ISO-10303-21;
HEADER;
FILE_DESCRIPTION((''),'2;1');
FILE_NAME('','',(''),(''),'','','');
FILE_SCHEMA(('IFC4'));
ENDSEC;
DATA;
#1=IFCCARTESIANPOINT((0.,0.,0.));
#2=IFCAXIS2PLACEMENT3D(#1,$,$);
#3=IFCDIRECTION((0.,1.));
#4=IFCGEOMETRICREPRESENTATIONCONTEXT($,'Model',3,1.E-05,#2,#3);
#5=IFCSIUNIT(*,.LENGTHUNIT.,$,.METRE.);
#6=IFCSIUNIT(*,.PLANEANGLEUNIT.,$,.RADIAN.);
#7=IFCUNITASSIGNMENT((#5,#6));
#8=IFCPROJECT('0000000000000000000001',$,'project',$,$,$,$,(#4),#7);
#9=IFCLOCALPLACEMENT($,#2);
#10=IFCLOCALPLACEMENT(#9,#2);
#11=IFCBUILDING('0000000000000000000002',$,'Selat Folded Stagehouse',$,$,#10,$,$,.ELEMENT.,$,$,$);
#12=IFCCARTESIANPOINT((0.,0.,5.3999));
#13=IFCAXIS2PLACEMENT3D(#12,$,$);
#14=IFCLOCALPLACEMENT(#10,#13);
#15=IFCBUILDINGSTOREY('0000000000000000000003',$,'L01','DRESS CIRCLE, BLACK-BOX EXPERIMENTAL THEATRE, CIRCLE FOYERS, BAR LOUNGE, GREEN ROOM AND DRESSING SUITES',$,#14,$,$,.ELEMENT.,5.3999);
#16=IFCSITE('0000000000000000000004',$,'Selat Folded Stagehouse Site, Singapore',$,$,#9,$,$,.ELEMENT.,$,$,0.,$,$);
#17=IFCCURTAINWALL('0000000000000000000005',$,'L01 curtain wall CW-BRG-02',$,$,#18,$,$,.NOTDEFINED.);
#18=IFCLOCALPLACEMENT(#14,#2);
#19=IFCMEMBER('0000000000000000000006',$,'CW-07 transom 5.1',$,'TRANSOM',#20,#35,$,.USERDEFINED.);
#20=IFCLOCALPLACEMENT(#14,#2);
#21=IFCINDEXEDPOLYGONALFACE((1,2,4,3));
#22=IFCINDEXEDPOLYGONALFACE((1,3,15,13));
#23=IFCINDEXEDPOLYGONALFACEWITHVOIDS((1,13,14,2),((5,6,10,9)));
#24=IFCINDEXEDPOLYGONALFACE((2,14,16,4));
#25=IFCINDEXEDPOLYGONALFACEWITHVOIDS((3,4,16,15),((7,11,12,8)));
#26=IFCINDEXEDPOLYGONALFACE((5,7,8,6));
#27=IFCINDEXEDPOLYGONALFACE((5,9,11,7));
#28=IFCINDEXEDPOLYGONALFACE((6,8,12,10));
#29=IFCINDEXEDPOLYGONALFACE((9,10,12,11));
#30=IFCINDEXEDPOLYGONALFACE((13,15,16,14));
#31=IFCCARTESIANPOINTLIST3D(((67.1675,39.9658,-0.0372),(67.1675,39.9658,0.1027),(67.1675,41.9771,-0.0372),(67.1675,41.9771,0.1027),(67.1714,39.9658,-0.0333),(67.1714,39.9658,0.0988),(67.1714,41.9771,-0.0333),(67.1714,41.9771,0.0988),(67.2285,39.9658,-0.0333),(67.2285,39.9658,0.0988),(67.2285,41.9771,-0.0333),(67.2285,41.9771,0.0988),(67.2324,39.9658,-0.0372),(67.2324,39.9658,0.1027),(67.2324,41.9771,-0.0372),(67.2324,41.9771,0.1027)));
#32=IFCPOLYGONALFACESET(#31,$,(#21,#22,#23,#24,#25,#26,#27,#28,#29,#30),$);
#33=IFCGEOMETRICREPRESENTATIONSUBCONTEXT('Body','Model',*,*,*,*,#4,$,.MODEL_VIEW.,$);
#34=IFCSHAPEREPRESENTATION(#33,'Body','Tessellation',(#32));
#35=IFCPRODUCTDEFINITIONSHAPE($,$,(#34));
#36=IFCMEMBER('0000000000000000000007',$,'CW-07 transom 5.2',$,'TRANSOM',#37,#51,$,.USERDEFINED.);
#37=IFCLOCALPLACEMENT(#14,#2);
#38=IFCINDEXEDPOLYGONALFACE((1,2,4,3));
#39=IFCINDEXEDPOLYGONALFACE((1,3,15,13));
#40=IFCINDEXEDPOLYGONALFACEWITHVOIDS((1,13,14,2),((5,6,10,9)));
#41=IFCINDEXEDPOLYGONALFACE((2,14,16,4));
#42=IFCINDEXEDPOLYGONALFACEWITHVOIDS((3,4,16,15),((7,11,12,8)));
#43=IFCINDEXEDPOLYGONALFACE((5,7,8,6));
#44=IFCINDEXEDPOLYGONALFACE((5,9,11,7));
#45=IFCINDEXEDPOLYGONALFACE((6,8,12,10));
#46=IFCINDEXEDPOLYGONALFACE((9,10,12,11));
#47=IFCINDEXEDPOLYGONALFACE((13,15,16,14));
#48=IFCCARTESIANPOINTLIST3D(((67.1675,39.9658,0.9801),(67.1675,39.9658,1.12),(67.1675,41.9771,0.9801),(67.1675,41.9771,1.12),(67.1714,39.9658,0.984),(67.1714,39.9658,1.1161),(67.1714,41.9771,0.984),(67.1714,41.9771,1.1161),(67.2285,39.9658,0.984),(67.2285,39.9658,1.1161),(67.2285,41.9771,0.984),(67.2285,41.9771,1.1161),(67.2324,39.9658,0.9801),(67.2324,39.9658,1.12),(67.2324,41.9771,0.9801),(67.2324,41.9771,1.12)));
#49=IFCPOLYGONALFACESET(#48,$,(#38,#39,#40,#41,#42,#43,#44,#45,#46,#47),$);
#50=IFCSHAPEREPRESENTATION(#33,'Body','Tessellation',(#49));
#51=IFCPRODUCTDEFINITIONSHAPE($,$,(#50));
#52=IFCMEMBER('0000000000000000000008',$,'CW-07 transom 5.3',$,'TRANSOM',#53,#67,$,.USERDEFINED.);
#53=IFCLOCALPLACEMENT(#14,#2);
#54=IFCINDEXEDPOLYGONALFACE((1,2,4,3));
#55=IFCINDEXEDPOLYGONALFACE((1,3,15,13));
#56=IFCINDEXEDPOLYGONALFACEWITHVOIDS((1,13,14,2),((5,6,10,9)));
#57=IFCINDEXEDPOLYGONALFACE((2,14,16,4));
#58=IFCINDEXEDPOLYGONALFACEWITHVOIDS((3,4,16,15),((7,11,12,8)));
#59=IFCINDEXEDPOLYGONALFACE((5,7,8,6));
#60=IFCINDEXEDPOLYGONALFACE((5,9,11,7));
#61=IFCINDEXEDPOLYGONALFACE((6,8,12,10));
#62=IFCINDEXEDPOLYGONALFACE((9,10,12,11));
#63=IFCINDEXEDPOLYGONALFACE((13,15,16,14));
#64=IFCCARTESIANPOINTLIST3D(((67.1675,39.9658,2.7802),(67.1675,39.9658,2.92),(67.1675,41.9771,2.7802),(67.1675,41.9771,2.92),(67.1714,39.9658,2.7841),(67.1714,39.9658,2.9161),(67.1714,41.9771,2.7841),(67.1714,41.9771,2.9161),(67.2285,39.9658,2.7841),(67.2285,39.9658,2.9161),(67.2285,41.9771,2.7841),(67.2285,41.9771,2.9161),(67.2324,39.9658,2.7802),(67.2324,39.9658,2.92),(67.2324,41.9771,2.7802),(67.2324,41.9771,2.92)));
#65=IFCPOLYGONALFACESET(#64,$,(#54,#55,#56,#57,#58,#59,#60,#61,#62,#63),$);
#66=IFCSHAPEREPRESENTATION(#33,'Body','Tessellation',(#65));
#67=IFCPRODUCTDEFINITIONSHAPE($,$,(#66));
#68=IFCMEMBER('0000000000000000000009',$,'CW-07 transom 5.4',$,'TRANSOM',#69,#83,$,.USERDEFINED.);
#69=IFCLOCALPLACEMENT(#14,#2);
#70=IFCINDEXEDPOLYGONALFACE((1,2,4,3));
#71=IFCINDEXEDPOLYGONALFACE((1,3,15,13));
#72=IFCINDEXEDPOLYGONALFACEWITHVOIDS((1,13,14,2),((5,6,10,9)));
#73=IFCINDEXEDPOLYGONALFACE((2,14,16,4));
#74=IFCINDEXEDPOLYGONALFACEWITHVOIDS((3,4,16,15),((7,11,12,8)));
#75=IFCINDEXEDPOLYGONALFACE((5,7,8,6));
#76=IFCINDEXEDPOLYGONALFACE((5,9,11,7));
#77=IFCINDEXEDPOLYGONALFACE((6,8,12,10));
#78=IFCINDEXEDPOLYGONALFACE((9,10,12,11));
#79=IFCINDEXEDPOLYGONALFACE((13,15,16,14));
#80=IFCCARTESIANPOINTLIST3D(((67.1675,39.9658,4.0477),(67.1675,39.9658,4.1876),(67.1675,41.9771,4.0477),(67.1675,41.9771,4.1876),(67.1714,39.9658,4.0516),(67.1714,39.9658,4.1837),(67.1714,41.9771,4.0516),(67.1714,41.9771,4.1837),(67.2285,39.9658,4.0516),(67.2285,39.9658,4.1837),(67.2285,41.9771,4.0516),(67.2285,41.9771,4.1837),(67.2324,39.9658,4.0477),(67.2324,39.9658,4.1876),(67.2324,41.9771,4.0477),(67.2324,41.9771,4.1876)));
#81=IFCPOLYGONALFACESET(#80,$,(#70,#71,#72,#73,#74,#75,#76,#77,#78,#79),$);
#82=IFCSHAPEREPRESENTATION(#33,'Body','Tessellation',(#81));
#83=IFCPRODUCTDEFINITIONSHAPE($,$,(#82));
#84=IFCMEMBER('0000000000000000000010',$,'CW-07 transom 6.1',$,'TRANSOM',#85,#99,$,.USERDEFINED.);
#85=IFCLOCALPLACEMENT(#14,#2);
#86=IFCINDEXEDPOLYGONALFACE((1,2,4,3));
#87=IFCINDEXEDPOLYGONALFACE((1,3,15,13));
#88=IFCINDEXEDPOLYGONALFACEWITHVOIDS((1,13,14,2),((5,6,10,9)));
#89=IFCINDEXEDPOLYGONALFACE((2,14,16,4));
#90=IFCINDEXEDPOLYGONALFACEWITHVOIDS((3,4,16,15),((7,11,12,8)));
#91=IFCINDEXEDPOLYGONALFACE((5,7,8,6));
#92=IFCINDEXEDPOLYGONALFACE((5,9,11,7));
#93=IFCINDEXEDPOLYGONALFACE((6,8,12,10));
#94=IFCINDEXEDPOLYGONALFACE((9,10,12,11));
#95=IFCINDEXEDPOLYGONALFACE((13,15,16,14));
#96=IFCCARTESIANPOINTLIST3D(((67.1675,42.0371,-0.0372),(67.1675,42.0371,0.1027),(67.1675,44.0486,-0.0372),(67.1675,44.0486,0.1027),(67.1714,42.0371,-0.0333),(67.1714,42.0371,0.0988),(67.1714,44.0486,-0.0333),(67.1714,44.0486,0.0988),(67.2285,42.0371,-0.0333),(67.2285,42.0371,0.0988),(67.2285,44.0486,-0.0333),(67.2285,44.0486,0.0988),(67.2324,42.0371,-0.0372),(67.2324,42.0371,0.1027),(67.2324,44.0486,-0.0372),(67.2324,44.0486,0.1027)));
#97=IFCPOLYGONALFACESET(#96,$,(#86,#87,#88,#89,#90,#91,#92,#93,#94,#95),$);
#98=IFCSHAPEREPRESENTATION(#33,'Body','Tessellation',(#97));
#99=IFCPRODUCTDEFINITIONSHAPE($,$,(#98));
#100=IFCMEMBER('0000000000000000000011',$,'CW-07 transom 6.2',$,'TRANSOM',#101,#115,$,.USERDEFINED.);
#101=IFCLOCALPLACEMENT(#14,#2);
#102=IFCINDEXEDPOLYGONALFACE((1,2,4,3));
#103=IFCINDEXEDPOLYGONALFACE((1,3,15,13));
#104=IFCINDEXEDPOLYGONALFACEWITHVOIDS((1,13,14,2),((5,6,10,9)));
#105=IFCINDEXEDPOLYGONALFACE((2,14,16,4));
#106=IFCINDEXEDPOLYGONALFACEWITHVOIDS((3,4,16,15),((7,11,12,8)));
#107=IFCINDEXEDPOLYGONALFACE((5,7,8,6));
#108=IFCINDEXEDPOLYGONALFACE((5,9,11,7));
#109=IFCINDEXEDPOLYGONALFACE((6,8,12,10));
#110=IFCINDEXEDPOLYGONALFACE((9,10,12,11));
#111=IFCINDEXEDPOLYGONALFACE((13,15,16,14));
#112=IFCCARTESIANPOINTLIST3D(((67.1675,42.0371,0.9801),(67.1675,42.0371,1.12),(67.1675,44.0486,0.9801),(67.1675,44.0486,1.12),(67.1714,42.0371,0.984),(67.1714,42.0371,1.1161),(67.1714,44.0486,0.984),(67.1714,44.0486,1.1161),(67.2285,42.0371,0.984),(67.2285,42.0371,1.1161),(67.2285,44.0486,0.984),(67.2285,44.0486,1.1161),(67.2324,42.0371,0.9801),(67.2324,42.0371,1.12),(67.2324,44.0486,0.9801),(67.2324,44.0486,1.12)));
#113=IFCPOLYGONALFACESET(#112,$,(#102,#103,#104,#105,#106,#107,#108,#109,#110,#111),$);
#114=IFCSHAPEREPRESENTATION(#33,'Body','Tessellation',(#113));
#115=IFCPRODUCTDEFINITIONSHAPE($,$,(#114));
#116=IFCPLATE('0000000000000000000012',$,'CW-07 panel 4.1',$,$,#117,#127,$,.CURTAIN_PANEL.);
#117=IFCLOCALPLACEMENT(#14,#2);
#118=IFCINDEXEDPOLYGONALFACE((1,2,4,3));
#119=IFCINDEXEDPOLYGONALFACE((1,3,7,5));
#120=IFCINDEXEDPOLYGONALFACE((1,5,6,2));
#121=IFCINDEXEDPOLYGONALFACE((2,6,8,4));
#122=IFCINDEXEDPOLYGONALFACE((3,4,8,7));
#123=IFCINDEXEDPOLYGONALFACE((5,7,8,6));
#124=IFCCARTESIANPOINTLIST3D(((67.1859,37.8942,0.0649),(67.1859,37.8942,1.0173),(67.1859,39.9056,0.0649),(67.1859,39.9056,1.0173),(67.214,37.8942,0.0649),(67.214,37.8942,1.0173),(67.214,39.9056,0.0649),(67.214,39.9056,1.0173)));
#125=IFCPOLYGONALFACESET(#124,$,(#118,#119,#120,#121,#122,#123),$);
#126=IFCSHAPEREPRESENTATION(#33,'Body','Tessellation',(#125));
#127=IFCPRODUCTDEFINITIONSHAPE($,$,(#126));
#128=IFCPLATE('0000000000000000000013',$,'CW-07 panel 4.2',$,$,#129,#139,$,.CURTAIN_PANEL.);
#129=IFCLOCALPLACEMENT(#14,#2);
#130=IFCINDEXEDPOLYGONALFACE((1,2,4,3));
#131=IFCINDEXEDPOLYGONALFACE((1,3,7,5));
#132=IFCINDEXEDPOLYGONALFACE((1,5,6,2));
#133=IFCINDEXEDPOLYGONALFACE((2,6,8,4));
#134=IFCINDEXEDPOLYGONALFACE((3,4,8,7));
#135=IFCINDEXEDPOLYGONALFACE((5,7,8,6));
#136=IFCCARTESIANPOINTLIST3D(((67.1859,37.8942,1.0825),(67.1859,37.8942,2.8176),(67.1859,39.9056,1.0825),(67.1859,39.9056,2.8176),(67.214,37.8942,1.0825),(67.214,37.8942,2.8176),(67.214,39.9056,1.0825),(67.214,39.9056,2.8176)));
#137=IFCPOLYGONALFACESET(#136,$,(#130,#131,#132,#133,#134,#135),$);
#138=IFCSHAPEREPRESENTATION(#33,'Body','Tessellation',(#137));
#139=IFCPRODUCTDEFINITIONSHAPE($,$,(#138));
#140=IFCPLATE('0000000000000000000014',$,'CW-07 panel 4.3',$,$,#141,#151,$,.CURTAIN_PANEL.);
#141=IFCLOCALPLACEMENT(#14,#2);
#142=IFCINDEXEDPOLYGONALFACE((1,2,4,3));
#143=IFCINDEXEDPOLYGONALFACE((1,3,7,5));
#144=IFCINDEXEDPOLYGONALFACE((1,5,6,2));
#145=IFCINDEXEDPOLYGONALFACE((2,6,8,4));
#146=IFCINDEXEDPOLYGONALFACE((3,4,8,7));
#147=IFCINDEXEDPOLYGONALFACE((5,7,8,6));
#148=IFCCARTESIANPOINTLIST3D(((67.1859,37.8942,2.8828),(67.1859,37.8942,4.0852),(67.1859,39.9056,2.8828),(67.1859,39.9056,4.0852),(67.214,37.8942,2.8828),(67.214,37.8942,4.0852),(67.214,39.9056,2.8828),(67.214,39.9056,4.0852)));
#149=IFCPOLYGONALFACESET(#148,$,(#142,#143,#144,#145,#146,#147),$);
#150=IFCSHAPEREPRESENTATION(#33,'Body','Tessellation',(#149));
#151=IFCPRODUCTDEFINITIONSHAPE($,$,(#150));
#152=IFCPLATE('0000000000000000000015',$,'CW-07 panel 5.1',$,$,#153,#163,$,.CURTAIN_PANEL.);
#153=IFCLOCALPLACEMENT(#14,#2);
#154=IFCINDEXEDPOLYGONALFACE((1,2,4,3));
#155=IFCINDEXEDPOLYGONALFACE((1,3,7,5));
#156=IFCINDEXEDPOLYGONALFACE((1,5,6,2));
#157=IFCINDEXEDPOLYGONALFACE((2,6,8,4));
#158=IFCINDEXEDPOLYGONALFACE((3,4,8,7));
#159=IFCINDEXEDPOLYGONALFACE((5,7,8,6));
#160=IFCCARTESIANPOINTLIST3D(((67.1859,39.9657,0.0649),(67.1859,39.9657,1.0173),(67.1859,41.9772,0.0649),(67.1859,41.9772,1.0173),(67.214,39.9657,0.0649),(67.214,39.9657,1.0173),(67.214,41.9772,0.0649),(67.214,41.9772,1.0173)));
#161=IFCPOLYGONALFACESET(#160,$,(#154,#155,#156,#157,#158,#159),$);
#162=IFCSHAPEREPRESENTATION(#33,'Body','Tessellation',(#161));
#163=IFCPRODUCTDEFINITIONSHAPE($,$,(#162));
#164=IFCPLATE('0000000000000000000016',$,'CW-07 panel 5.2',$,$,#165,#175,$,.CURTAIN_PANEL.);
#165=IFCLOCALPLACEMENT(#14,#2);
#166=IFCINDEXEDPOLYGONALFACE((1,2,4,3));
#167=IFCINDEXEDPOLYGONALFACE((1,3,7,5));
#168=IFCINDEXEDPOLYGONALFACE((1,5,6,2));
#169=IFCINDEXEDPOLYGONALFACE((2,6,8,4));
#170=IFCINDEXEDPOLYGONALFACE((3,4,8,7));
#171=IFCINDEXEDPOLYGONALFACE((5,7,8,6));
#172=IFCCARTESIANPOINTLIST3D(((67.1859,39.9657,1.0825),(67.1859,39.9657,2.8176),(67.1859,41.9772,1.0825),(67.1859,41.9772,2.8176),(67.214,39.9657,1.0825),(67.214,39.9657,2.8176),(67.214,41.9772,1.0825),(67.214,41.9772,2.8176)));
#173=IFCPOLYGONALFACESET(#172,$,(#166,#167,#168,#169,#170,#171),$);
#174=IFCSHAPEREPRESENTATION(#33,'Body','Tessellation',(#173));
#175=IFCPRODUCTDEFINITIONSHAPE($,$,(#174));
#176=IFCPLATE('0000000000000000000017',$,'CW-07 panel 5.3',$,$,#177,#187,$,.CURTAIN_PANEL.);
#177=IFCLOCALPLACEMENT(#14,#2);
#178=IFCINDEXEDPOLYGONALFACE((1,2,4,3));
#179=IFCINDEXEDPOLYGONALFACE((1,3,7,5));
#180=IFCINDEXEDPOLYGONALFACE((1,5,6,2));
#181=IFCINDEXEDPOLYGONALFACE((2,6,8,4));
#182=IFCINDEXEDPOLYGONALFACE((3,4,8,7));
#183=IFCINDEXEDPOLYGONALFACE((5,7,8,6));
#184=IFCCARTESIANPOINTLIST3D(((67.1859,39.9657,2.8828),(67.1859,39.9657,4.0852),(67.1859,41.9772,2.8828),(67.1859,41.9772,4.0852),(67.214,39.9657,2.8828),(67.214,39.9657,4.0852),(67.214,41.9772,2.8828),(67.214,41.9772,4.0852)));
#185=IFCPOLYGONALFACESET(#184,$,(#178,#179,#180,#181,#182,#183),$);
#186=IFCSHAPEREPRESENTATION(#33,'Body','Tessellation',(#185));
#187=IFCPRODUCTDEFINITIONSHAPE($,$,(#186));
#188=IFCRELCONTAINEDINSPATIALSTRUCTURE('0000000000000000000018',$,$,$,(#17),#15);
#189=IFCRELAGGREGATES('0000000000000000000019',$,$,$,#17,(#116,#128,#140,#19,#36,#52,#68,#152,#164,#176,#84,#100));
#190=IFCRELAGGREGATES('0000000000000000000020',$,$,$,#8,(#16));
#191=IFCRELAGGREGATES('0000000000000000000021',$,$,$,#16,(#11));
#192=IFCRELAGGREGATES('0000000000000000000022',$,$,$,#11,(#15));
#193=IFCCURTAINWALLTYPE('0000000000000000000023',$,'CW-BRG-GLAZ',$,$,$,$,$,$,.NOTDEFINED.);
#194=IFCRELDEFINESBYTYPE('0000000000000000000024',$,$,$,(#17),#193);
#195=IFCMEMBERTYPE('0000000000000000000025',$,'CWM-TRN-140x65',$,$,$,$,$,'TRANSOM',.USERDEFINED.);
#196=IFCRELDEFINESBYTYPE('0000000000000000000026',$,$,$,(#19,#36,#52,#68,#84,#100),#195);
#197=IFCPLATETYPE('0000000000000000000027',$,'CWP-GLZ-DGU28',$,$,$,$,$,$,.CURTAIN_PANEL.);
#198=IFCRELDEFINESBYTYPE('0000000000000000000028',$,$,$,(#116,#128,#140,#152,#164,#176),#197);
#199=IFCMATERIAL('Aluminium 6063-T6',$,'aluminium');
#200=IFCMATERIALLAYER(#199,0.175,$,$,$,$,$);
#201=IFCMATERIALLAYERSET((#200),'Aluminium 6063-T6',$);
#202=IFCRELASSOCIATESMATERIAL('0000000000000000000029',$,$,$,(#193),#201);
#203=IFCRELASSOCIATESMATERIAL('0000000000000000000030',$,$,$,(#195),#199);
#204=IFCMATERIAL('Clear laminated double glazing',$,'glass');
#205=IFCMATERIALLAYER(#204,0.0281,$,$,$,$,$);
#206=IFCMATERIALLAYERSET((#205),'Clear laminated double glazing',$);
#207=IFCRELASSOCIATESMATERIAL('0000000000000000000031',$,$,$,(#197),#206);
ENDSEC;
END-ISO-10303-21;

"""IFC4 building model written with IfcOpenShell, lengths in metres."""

from ifc_helpers import new_model, si_unit, direction, frame, origin, origin_2d, place, context, subcontext, project, spatial, rectangle, hollow_rectangle, extrude, material, layer, layer_set, material_profile, profile_set, type_object, element, aggregate, save


model = new_model("IFC4")

# Units and contexts
model_context = context("Model", 3, precision=1e-05, world=origin(), true_north=direction((0.0, 1.0)))
body_context = subcontext(model_context, "Body", "Model", "MODEL_VIEW")
ifc_project = project(units=[si_unit("LENGTHUNIT", "METRE"), si_unit("PLANEANGLEUNIT", "RADIAN")], contexts=[model_context])

# Site, building, storey
site_placement = place(None, origin())
site = spatial("IfcSite", under=ifc_project, at=site_placement, Name="Selat Folded Stagehouse Site, Singapore", CompositionType="ELEMENT", RefElevation=0.0)
building_placement = place(site_placement, origin())
building = spatial("IfcBuilding", under=site, at=building_placement, Name="Selat Folded Stagehouse", CompositionType="ELEMENT")
storey_placement = place(building_placement, frame((0.0, 0.0, 5.3999)))
storey = spatial("IfcBuildingStorey", under=building, at=storey_placement, Name="L01", Description="DRESS CIRCLE, BLACK-BOX EXPERIMENTAL THEATRE, CIRCLE FOYERS, BAR LOUNGE, GREEN ROOM AND DRESSING SUITES", CompositionType="ELEMENT", Elevation=5.3999)

# Curtain wall, members, plates
ifc_material_1 = material(Name="Aluminium 6063-T6", Category="aluminium")
ifc_layer_1 = layer(ifc_material_1, 0.175)
ifc_layer_set_1 = layer_set([ifc_layer_1], Name="Aluminium 6063-T6")
curtain_wall_type = type_object("IfcCurtainWallType", Name="CW-BRG-GLAZ", PredefinedType="NOTDEFINED", material=ifc_layer_set_1)
curtain_wall_placement = place(storey_placement, origin())
curtain_wall = element("IfcCurtainWall", 1, at=curtain_wall_placement, inside=storey, type_object=curtain_wall_type, Name="L01 curtain wall CW-BRG-02", PredefinedType="NOTDEFINED")
ifc_material_profile_1 = material_profile(ifc_material_1, hollow_rectangle(XDim=0.0649, YDim=0.1399, WallThickness=0.0039, at=origin_2d()), Name="ALU 140x65x4.0")
ifc_profile_set_1 = profile_set([ifc_material_profile_1], Name="Aluminium 6063-T6")
member_type_1 = type_object("IfcMemberType", Name="CWM-TRN-140x65", ElementType="TRANSOM", PredefinedType="USERDEFINED", material=ifc_profile_set_1)
member_1_placement = place(storey_placement, frame((67.2, 39.9658, 0.0327), z_axis=(0.0, 1.0, 0.0), x_axis=(-1.0, 0.0, 0.0)))
member_1 = element("IfcMember", 2, at=member_1_placement, type_object=member_type_1, Name="CW-07 transom 5.1", ObjectType="TRANSOM", PredefinedType="USERDEFINED", context=body_context, shape_type="SweptSolid", body=[
    extrude(hollow_rectangle(XDim=0.0649, YDim=0.1399, WallThickness=0.0039, at=origin_2d()), origin(), (0.0, 0.0, 1.0), 2.0112),
])
member_2_placement = place(storey_placement, frame((67.2, 39.9658, 1.05), z_axis=(0.0, 1.0, 0.0), x_axis=(-1.0, 0.0, 0.0)))
member_2 = element("IfcMember", 3, at=member_2_placement, type_object=member_type_1, Name="CW-07 transom 5.2", ObjectType="TRANSOM", PredefinedType="USERDEFINED", context=body_context, shape_type="SweptSolid", body=[
    extrude(hollow_rectangle(XDim=0.0649, YDim=0.1399, WallThickness=0.0039, at=origin_2d()), origin(), (0.0, 0.0, 1.0), 2.0112),
])
member_3_placement = place(storey_placement, frame((67.2, 39.9658, 2.8501), z_axis=(0.0, 1.0, 0.0), x_axis=(-1.0, 0.0, 0.0)))
member_3 = element("IfcMember", 4, at=member_3_placement, type_object=member_type_1, Name="CW-07 transom 5.3", ObjectType="TRANSOM", PredefinedType="USERDEFINED", context=body_context, shape_type="SweptSolid", body=[
    extrude(hollow_rectangle(XDim=0.0649, YDim=0.1399, WallThickness=0.0039, at=origin_2d()), origin(), (0.0, 0.0, 1.0), 2.0112),
])
member_4_placement = place(storey_placement, frame((67.2, 39.9658, 4.1177), z_axis=(0.0, 1.0, 0.0), x_axis=(-1.0, 0.0, 0.0)))
member_4 = element("IfcMember", 5, at=member_4_placement, type_object=member_type_1, Name="CW-07 transom 5.4", ObjectType="TRANSOM", PredefinedType="USERDEFINED", context=body_context, shape_type="SweptSolid", body=[
    extrude(hollow_rectangle(XDim=0.0649, YDim=0.1399, WallThickness=0.0039, at=origin_2d()), origin(), (0.0, 0.0, 1.0), 2.0112),
])
member_5_placement = place(storey_placement, frame((67.2, 42.0371, 0.0327), z_axis=(0.0, 1.0, 0.0), x_axis=(-1.0, 0.0, 0.0)))
member_5 = element("IfcMember", 6, at=member_5_placement, type_object=member_type_1, Name="CW-07 transom 6.1", ObjectType="TRANSOM", PredefinedType="USERDEFINED", context=body_context, shape_type="SweptSolid", body=[
    extrude(hollow_rectangle(XDim=0.0649, YDim=0.1399, WallThickness=0.0039, at=origin_2d()), origin(), (0.0, 0.0, 1.0), 2.0115),
])
member_6_placement = place(storey_placement, frame((67.2, 42.0371, 1.05), z_axis=(0.0, 1.0, 0.0), x_axis=(-1.0, 0.0, 0.0)))
member_6 = element("IfcMember", 7, at=member_6_placement, type_object=member_type_1, Name="CW-07 transom 6.2", ObjectType="TRANSOM", PredefinedType="USERDEFINED", context=body_context, shape_type="SweptSolid", body=[
    extrude(hollow_rectangle(XDim=0.0649, YDim=0.1399, WallThickness=0.0039, at=origin_2d()), origin(), (0.0, 0.0, 1.0), 2.0115),
])
ifc_material_2 = material(Name="Clear laminated double glazing", Category="glass")
ifc_layer_2 = layer(ifc_material_2, 0.0281)
ifc_layer_set_2 = layer_set([ifc_layer_2], Name="Clear laminated double glazing")
plate_type = type_object("IfcPlateType", Name="CWP-GLZ-DGU28", PredefinedType="CURTAIN_PANEL", material=ifc_layer_set_2)
plate_1_placement = place(storey_placement, frame((67.2, 38.8999, 0.0649), z_axis=(0.0, 0.0, 1.0), x_axis=(0.0, 1.0, 0.0)))
plate_1 = element("IfcPlate", 8, at=plate_1_placement, type_object=plate_type, Name="CW-07 panel 4.1", PredefinedType="CURTAIN_PANEL", context=body_context, shape_type="SweptSolid", body=[
    extrude(rectangle(XDim=2.0115, YDim=0.0281, at=origin_2d()), origin(), (0.0, 0.0, 1.0), 0.9524),
])
plate_2_placement = place(storey_placement, frame((67.2, 38.8999, 1.0825), z_axis=(0.0, 0.0, 1.0), x_axis=(0.0, 1.0, 0.0)))
plate_2 = element("IfcPlate", 9, at=plate_2_placement, type_object=plate_type, Name="CW-07 panel 4.2", PredefinedType="CURTAIN_PANEL", context=body_context, shape_type="SweptSolid", body=[
    extrude(rectangle(XDim=2.0115, YDim=0.0281, at=origin_2d()), origin(), (0.0, 0.0, 1.0), 1.7351),
])
plate_3_placement = place(storey_placement, frame((67.2, 38.8999, 2.8828), z_axis=(0.0, 0.0, 1.0), x_axis=(0.0, 1.0, 0.0)))
plate_3 = element("IfcPlate", 10, at=plate_3_placement, type_object=plate_type, Name="CW-07 panel 4.3", PredefinedType="CURTAIN_PANEL", context=body_context, shape_type="SweptSolid", body=[
    extrude(rectangle(XDim=2.0115, YDim=0.0281, at=origin_2d()), origin(), (0.0, 0.0, 1.0), 1.2024),
])
plate_4_placement = place(storey_placement, frame((67.2, 40.9714, 0.0649), z_axis=(0.0, 0.0, 1.0), x_axis=(0.0, 1.0, 0.0)))
plate_4 = element("IfcPlate", 11, at=plate_4_placement, type_object=plate_type, Name="CW-07 panel 5.1", PredefinedType="CURTAIN_PANEL", context=body_context, shape_type="SweptSolid", body=[
    extrude(rectangle(XDim=2.0115, YDim=0.0281, at=origin_2d()), origin(), (0.0, 0.0, 1.0), 0.9524),
])
plate_5_placement = place(storey_placement, frame((67.2, 40.9714, 1.0825), z_axis=(0.0, 0.0, 1.0), x_axis=(0.0, 1.0, 0.0)))
plate_5 = element("IfcPlate", 12, at=plate_5_placement, type_object=plate_type, Name="CW-07 panel 5.2", PredefinedType="CURTAIN_PANEL", context=body_context, shape_type="SweptSolid", body=[
    extrude(rectangle(XDim=2.0115, YDim=0.0281, at=origin_2d()), origin(), (0.0, 0.0, 1.0), 1.7351),
])
plate_6_placement = place(storey_placement, frame((67.2, 40.9714, 2.8828), z_axis=(0.0, 0.0, 1.0), x_axis=(0.0, 1.0, 0.0)))
plate_6 = element("IfcPlate", 13, at=plate_6_placement, type_object=plate_type, Name="CW-07 panel 5.3", PredefinedType="CURTAIN_PANEL", context=body_context, shape_type="SweptSolid", body=[
    extrude(rectangle(XDim=2.0115, YDim=0.0281, at=origin_2d()), origin(), (0.0, 0.0, 1.0), 1.2024),
])
aggregate(curtain_wall, [plate_1, plate_2, plate_3, member_1, member_2, member_3, member_4, plate_4, plate_5, plate_6, member_5, member_6])

save(model, "model.ifc")
